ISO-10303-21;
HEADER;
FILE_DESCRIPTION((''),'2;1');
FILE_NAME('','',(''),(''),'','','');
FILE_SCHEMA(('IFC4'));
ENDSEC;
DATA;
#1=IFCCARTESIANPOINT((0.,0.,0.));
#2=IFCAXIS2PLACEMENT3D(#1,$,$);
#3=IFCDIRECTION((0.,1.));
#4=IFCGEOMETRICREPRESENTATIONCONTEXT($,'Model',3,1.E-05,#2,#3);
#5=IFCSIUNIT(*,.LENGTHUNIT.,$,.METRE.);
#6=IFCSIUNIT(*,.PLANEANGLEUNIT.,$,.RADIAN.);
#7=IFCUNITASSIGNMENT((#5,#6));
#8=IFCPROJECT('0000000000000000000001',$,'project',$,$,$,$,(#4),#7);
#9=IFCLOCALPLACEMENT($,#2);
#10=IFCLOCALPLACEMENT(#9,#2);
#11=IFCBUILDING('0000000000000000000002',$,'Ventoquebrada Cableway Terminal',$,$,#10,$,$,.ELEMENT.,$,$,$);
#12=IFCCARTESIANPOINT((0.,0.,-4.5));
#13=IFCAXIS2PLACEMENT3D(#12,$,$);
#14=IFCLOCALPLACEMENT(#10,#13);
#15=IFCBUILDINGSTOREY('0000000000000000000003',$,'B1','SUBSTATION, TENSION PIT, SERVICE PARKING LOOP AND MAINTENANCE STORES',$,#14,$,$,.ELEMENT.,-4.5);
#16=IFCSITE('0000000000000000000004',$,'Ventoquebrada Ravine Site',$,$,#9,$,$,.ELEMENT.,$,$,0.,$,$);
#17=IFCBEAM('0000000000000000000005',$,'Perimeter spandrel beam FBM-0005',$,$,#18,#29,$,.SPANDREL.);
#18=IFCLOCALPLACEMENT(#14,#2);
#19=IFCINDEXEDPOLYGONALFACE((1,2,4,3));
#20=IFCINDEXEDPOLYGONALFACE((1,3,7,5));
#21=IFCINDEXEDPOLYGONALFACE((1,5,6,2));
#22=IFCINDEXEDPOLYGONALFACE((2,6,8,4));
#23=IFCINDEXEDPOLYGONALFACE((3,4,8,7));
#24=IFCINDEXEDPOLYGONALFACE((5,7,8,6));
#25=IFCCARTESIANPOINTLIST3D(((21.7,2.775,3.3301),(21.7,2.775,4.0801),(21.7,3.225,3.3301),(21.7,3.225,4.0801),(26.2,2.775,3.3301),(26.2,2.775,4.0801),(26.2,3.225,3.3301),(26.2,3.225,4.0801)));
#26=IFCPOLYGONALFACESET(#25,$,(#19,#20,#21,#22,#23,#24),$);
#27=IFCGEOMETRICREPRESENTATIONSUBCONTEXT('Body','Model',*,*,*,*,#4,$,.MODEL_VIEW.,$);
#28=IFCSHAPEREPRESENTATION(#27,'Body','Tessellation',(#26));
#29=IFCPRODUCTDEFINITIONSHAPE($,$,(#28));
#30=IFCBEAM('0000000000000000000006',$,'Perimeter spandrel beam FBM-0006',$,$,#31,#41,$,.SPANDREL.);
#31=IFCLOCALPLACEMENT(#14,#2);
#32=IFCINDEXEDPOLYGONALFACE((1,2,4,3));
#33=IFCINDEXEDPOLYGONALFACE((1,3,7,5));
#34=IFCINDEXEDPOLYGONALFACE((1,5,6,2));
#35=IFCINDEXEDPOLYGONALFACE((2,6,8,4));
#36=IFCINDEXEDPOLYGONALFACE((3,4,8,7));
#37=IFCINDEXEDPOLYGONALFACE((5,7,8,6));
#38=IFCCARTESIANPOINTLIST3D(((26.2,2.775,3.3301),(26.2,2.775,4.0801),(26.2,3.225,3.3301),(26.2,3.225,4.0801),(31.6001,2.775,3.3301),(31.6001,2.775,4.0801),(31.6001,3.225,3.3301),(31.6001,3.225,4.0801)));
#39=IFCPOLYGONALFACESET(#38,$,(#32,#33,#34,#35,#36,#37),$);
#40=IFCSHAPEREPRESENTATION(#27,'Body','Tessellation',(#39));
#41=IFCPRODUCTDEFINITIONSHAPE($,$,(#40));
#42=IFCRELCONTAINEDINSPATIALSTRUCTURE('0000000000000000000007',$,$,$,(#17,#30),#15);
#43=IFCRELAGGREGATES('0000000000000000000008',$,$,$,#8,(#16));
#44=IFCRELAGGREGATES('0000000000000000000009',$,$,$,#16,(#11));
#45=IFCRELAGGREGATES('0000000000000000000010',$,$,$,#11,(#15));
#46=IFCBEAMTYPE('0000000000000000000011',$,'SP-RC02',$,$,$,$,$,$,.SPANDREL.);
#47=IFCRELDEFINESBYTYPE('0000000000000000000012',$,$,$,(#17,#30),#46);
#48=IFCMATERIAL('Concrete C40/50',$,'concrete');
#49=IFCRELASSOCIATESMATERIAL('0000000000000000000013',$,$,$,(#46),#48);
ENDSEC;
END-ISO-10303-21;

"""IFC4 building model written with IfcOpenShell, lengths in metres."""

from ifc_helpers import new_model, si_unit, direction, frame, origin, origin_2d, place, context, subcontext, project, spatial, rectangle, extrude, material, material_profile, profile_set, type_object, element, save


model = new_model("IFC4")

# Units and contexts
model_context = context("Model", 3, precision=1e-05, world=origin(), true_north=direction((0.0, 1.0)))
body_context = subcontext(model_context, "Body", "Model", "MODEL_VIEW")
ifc_project = project(units=[si_unit("LENGTHUNIT", "METRE"), si_unit("PLANEANGLEUNIT", "RADIAN")], contexts=[model_context])

# Site, building, storey
site_placement = place(None, origin())
site = spatial("IfcSite", under=ifc_project, at=site_placement, Name="Ventoquebrada Ravine Site", CompositionType="ELEMENT", RefElevation=0.0)
building_placement = place(site_placement, origin())
building = spatial("IfcBuilding", under=site, at=building_placement, Name="Ventoquebrada Cableway Terminal", CompositionType="ELEMENT")
storey_placement = place(building_placement, frame((0.0, 0.0, -4.5)))
storey = spatial("IfcBuildingStorey", under=building, at=storey_placement, Name="B1", Description="SUBSTATION, TENSION PIT, SERVICE PARKING LOOP AND MAINTENANCE STORES", CompositionType="ELEMENT", Elevation=-4.5)

# Shared definitions
ifc_material = material(Name="Concrete C40/50", Category="concrete")

# Beams
ifc_material_profile_1 = material_profile(ifc_material, rectangle(XDim=0.45, YDim=0.75, at=origin_2d()), Name="RC-BM-450X750")
ifc_profile_set_1 = profile_set([ifc_material_profile_1], Name="Concrete C40/50")
beam_type_1 = type_object("IfcBeamType", Name="SP-RC02", PredefinedType="SPANDREL", material=ifc_profile_set_1)
for number, where, z_axis, x_axis, name in (
    (1, (21.7, 3.0, 3.7051), (1.0, 0.0, 0.0), (0.0, 1.0, 0.0), "Perimeter spandrel beam FBM-0005"),
):
    element("IfcBeam", number, at=place(storey_placement, frame(where, z_axis=z_axis, x_axis=x_axis)), inside=storey, type_object=beam_type_1, Name=name, PredefinedType="SPANDREL", context=body_context, shape_type="SweptSolid", body=[
        extrude(rectangle(XDim=0.45, YDim=0.75, at=origin_2d()), origin(), (0.0, 0.0, 1.0), 4.5),
    ])
beam_placement = place(storey_placement, frame((26.2, 3.0, 3.7051), z_axis=(1.0, 0.0, 0.0), x_axis=(0.0, 1.0, 0.0)))
element("IfcBeam", 2, at=beam_placement, inside=storey, type_object=beam_type_1, Name="Perimeter spandrel beam FBM-0006", PredefinedType="SPANDREL", context=body_context, shape_type="SweptSolid", body=[
    extrude(rectangle(XDim=0.45, YDim=0.75, at=origin_2d()), origin(), (0.0, 0.0, 1.0), 5.4001),
])

save(model, "model.ifc")
